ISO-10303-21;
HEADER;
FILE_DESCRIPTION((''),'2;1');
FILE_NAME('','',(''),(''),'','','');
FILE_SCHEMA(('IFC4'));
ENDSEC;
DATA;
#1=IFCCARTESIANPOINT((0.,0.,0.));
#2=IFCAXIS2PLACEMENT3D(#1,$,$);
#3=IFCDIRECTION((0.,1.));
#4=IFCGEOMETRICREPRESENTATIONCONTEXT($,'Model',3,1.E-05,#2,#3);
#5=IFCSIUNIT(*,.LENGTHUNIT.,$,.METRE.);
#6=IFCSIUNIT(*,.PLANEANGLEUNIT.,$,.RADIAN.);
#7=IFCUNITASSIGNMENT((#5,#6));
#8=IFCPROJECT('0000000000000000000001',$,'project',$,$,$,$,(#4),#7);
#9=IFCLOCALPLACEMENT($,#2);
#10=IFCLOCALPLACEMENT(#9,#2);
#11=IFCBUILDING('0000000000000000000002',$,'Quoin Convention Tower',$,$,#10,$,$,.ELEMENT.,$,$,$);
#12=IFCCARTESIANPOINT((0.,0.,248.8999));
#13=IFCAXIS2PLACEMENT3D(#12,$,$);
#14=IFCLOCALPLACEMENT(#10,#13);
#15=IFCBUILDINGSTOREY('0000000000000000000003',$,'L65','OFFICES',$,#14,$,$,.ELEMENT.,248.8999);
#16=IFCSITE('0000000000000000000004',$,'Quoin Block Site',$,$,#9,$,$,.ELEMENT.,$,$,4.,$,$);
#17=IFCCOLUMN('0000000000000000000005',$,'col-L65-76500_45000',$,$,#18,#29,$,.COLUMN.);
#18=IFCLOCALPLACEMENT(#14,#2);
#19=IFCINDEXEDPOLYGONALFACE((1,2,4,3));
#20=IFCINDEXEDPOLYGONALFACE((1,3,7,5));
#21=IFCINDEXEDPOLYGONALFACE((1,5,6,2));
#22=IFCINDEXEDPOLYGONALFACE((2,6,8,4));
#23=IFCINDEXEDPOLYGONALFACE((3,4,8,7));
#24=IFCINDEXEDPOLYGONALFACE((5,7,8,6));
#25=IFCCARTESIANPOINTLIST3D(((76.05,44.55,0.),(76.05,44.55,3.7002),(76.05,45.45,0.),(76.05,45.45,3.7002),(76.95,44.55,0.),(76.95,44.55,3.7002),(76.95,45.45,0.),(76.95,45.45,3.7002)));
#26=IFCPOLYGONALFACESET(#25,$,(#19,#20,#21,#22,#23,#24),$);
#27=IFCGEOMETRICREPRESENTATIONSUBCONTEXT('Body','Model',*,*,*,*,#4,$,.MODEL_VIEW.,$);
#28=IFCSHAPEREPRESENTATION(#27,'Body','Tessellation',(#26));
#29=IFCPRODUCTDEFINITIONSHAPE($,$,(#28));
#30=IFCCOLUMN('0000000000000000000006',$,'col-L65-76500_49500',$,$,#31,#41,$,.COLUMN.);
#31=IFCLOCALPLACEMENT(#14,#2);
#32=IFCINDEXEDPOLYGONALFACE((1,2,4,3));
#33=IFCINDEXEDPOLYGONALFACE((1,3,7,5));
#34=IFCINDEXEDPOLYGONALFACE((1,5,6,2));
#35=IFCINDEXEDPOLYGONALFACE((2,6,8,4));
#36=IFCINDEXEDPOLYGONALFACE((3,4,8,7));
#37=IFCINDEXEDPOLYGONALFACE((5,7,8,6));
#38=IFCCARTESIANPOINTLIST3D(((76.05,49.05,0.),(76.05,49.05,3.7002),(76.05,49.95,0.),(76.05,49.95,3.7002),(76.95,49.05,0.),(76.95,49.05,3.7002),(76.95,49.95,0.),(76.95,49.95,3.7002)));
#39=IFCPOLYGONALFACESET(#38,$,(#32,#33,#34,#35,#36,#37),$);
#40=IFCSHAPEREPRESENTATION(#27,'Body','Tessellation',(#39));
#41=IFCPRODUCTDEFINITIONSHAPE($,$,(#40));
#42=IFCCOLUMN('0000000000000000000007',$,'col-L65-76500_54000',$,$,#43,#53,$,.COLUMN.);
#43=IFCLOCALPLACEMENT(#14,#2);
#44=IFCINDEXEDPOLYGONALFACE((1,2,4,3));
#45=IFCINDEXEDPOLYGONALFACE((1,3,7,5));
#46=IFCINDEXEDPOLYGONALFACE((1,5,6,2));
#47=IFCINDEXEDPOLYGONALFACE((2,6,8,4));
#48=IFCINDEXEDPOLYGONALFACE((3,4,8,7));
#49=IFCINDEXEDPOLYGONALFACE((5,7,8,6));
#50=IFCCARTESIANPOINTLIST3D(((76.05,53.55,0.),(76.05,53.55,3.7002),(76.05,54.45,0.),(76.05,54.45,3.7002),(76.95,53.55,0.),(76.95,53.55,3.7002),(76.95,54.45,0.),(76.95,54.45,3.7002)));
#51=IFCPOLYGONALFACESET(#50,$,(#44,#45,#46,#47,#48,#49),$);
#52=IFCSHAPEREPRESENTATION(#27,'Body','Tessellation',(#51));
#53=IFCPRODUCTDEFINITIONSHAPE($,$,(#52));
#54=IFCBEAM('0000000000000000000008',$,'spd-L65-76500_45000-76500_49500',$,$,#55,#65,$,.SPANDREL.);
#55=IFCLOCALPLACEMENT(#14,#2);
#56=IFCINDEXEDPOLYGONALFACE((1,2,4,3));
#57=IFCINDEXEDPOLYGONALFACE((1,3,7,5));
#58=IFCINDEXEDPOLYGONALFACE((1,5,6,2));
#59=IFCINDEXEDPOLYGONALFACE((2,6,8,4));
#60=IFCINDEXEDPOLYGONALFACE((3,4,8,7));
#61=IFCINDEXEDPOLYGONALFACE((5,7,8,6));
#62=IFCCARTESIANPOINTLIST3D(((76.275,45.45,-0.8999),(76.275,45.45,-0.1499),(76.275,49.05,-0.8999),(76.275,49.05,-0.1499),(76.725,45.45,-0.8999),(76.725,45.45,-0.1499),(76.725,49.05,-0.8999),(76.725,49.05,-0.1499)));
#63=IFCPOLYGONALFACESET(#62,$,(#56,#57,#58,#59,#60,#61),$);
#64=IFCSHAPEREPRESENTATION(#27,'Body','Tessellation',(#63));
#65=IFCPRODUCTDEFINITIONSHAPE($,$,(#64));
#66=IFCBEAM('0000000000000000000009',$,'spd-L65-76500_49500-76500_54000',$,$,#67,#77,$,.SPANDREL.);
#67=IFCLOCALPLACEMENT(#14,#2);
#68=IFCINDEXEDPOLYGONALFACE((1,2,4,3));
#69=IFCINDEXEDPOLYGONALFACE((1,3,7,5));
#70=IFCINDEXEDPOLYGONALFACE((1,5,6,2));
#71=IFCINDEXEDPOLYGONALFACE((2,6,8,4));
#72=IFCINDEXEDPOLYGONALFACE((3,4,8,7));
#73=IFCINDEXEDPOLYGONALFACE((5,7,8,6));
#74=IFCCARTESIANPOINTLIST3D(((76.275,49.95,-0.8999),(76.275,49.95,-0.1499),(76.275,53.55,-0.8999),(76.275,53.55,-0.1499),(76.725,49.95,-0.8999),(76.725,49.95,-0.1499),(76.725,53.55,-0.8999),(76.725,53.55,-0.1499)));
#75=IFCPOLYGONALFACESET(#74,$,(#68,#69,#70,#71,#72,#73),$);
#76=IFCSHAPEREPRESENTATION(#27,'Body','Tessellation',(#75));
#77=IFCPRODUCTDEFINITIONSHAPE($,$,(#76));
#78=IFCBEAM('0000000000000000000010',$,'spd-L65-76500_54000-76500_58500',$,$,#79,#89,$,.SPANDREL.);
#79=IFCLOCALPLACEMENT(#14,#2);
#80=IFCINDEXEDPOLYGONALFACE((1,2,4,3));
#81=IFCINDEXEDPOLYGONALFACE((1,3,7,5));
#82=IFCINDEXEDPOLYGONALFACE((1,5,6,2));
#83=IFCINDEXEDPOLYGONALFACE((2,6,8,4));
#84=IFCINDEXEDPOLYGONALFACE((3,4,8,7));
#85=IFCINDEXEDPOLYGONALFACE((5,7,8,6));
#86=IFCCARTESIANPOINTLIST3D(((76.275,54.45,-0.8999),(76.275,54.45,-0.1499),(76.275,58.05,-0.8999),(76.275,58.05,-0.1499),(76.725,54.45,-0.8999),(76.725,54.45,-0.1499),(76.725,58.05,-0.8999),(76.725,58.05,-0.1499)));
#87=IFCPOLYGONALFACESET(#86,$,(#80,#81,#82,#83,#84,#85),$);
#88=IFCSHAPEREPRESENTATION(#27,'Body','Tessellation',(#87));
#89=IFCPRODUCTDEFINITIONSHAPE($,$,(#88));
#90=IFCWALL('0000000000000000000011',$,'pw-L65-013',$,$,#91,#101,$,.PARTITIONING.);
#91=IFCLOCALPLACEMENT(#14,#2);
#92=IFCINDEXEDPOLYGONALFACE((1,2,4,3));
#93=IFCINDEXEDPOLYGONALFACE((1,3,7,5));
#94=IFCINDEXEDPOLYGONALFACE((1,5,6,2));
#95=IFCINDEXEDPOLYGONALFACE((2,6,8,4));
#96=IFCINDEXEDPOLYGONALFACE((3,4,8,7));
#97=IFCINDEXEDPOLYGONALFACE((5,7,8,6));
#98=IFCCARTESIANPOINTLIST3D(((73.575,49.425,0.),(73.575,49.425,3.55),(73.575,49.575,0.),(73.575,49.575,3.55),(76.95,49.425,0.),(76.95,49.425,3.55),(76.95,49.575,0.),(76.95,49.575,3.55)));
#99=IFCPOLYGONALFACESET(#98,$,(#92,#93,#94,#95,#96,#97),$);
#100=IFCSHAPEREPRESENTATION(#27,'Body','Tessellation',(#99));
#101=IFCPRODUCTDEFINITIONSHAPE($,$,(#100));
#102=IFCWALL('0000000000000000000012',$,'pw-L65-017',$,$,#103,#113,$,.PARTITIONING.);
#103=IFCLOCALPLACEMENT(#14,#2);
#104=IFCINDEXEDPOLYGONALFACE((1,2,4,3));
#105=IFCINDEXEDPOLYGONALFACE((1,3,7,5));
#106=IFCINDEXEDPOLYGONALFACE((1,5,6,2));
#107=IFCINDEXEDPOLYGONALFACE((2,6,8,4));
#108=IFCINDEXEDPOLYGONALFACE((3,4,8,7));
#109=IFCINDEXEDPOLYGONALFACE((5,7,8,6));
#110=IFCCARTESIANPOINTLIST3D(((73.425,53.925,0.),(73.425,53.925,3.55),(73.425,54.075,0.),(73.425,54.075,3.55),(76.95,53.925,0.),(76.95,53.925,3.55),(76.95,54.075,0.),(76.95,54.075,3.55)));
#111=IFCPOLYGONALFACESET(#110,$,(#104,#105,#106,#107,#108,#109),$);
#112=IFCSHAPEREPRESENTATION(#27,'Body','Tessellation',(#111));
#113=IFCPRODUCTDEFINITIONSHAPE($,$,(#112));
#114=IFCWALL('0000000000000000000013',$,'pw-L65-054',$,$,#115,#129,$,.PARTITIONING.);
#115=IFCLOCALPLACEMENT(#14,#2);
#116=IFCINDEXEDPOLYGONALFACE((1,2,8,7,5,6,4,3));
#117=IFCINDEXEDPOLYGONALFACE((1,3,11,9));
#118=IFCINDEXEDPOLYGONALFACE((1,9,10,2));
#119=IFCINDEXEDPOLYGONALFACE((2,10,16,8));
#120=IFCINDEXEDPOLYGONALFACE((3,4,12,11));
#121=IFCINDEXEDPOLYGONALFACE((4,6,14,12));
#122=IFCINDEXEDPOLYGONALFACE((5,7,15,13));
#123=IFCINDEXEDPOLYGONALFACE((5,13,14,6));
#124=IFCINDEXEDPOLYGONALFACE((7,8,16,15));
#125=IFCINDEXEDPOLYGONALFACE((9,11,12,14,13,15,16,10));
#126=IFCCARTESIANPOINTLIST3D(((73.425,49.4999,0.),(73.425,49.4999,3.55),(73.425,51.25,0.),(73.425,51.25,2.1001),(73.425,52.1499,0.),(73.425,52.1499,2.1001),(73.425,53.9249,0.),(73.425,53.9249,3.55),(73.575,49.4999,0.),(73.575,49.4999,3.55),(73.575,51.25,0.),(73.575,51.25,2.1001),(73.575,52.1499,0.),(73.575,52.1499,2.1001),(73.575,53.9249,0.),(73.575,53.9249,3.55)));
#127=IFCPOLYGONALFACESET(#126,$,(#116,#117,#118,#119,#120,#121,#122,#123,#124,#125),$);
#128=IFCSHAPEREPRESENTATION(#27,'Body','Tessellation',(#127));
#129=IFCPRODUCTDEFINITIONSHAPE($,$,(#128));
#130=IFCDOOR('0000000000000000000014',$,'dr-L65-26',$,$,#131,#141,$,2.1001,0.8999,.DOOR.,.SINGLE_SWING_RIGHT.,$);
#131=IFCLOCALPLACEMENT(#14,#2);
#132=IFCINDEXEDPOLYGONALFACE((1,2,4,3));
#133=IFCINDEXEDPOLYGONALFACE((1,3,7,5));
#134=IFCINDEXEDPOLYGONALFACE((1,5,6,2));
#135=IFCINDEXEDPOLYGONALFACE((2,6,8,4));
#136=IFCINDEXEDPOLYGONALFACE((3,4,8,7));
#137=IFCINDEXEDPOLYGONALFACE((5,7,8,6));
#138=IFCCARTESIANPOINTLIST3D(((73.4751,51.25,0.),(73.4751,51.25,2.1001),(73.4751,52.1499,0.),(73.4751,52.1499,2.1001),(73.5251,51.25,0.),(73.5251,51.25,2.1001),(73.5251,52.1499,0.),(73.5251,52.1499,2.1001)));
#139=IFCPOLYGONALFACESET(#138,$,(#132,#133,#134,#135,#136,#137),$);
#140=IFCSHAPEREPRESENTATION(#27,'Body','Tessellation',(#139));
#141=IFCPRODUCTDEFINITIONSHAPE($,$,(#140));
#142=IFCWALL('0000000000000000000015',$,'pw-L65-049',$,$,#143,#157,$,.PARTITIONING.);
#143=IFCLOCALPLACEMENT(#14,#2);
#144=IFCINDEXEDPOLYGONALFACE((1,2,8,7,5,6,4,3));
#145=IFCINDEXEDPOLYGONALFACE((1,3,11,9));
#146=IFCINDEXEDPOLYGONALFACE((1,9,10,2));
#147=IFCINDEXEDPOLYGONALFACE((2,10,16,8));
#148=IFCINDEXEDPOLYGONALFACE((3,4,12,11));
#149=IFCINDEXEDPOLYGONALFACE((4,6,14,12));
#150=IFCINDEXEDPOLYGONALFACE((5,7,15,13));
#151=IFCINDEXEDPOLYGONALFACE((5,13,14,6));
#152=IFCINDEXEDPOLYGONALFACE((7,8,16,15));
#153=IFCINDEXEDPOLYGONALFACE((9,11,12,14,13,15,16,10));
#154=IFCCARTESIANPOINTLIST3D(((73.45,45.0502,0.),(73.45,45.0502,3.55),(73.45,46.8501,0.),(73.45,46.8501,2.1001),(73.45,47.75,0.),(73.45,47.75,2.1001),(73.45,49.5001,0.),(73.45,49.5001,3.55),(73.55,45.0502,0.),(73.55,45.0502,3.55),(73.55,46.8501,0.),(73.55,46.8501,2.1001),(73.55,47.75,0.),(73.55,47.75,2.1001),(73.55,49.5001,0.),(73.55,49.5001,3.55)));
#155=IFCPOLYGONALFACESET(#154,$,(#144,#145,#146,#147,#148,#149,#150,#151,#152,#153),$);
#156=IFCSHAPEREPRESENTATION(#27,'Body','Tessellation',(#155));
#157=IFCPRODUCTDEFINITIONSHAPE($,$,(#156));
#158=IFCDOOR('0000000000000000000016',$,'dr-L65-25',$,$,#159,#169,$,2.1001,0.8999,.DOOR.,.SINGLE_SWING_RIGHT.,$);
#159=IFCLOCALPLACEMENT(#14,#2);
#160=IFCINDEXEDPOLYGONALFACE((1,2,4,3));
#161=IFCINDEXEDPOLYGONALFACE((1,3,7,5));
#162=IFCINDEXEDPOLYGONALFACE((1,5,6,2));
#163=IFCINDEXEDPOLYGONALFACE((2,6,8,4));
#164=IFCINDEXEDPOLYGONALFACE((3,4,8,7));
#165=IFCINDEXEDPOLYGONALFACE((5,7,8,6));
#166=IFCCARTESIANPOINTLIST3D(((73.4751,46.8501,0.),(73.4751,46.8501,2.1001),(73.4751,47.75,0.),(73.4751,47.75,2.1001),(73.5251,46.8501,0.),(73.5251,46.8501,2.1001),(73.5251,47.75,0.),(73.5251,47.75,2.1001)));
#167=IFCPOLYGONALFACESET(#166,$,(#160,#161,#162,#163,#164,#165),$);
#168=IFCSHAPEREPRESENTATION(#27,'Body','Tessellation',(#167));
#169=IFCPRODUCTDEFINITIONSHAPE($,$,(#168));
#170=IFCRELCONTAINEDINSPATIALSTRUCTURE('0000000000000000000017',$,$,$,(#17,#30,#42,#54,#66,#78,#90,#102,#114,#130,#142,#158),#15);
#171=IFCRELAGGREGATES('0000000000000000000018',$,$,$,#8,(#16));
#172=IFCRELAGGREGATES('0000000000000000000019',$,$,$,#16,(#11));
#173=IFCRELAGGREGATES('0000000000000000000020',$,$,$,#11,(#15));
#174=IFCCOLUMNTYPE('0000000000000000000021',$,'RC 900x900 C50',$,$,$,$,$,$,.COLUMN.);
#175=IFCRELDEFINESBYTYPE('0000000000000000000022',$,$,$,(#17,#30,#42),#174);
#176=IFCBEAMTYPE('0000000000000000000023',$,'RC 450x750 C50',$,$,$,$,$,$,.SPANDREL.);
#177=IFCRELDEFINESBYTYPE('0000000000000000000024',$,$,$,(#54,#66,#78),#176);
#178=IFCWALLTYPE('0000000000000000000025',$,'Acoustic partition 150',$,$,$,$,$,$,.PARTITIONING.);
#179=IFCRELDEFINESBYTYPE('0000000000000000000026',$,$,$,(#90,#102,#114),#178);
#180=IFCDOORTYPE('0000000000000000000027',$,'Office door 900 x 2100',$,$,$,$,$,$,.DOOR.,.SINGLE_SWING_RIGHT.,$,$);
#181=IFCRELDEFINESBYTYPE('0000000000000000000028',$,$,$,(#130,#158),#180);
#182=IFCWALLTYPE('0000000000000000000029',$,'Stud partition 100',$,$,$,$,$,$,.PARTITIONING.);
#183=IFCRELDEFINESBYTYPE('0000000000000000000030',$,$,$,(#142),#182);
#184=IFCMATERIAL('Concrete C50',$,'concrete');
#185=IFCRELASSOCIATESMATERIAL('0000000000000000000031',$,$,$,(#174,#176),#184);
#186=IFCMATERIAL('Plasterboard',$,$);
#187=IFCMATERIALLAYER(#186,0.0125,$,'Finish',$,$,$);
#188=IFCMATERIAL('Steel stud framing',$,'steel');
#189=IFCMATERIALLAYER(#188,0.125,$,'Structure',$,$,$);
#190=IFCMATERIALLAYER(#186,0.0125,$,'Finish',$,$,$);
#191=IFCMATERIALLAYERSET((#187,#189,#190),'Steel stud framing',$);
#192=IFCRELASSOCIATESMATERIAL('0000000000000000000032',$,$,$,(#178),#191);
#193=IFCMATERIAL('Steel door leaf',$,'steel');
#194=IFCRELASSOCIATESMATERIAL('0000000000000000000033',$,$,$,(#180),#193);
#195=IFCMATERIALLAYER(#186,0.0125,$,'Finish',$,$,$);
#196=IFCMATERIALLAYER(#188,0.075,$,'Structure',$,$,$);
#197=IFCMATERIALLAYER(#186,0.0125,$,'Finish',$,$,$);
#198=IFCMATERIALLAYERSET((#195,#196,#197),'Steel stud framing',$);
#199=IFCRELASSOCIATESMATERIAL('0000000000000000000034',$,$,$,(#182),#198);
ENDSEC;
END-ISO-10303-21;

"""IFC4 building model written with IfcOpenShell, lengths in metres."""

from ifc_helpers import new_model, si_unit, direction, frame, frame_2d, origin, origin_2d, place, context, subcontext, project, spatial, rectangle, extrude, material, layer, layer_set, material_profile, profile_set, type_object, element, fill, save


model = new_model("IFC4")

# Units and contexts
model_context = context("Model", 3, precision=1e-05, world=origin(), true_north=direction((0.0, 1.0)))
body_context = subcontext(model_context, "Body", "Model", "MODEL_VIEW")
ifc_project = project(units=[si_unit("LENGTHUNIT", "METRE"), si_unit("PLANEANGLEUNIT", "RADIAN")], contexts=[model_context])

# Site, building, storey
site_placement = place(None, origin())
site = spatial("IfcSite", under=ifc_project, at=site_placement, Name="Quoin Block Site", CompositionType="ELEMENT", RefElevation=4.0)
building_placement = place(site_placement, origin())
building = spatial("IfcBuilding", under=site, at=building_placement, Name="Quoin Convention Tower", CompositionType="ELEMENT")
storey_placement = place(building_placement, frame((0.0, 0.0, 248.8999)))
storey = spatial("IfcBuildingStorey", under=building, at=storey_placement, Name="L65", Description="OFFICES", CompositionType="ELEMENT", Elevation=248.8999)

# Columns
ifc_material_1 = material(Name="Concrete C50", Category="concrete")
ifc_material_profile_1 = material_profile(ifc_material_1, rectangle(XDim=0.8999, YDim=0.8999, at=origin_2d()), Name="RC 900x900")
ifc_profile_set_1 = profile_set([ifc_material_profile_1], Name="Concrete C50")
column_type = type_object("IfcColumnType", Name="RC 900x900 C50", PredefinedType="COLUMN", material=ifc_profile_set_1)
for number, where, z_axis, x_axis, name in (
    (1, (76.5, 45.0, 0.0), (0.0, 0.0, 1.0), (1.0, 0.0, 0.0), "col-L65-76500_45000"),
    (2, (76.5, 49.5, 0.0), (0.0, 0.0, 1.0), (1.0, 0.0, 0.0), "col-L65-76500_49500"),
    (3, (76.5, 54.0, 0.0), (0.0, 0.0, 1.0), (1.0, 0.0, 0.0), "col-L65-76500_54000"),
):
    element("IfcColumn", number, at=place(storey_placement, frame(where, z_axis=z_axis, x_axis=x_axis)), inside=storey, type_object=column_type, Name=name, PredefinedType="COLUMN", context=body_context, shape_type="SweptSolid", body=[
        extrude(rectangle(XDim=0.8999, YDim=0.8999, at=origin_2d()), origin(), (0.0, 0.0, 1.0), 3.7002),
    ])

# Beams
ifc_material_profile_2 = material_profile(ifc_material_1, rectangle(XDim=0.45, YDim=0.75, at=origin_2d()), Name="RC 450x750")
ifc_profile_set_2 = profile_set([ifc_material_profile_2], Name="Concrete C50")
beam_type = type_object("IfcBeamType", Name="RC 450x750 C50", PredefinedType="SPANDREL", material=ifc_profile_set_2)
for number, where, z_axis, x_axis, name in (
    (4, (76.5, 45.45, -0.5249), (0.0, 1.0, 0.0), (-1.0, 0.0, 0.0), "spd-L65-76500_45000-76500_49500"),
    (5, (76.5, 49.95, -0.5249), (0.0, 1.0, 0.0), (-1.0, 0.0, 0.0), "spd-L65-76500_49500-76500_54000"),
    (6, (76.5, 54.45, -0.5249), (0.0, 1.0, 0.0), (-1.0, 0.0, 0.0), "spd-L65-76500_54000-76500_58500"),
):
    element("IfcBeam", number, at=place(storey_placement, frame(where, z_axis=z_axis, x_axis=x_axis)), inside=storey, type_object=beam_type, Name=name, PredefinedType="SPANDREL", context=body_context, shape_type="SweptSolid", body=[
        extrude(rectangle(XDim=0.45, YDim=0.75, at=origin_2d()), origin(), (0.0, 0.0, 1.0), 3.6001),
    ])

# Walls
ifc_material_2 = material(Name="Plasterboard")
ifc_layer_1 = layer(ifc_material_2, 0.0125, Name="Finish")
ifc_material_3 = material(Name="Steel stud framing", Category="steel")
ifc_layer_2 = layer(ifc_material_3, 0.125, Name="Structure")
ifc_layer_3 = layer(ifc_material_2, 0.0125, Name="Finish")
ifc_layer_set_1 = layer_set([ifc_layer_1, ifc_layer_2, ifc_layer_3], Name="Steel stud framing")
wall_type_1 = type_object("IfcWallType", Name="Acoustic partition 150", PredefinedType="PARTITIONING", material=ifc_layer_set_1)
wall_1_placement = place(storey_placement, frame((73.575, 49.5, 0.0), z_axis=(0.0, 0.0, 1.0), x_axis=(1.0, 0.0, 0.0)))
element("IfcWall", 7, at=wall_1_placement, inside=storey, type_object=wall_type_1, Name="pw-L65-013", PredefinedType="PARTITIONING", context=body_context, shape_type="SweptSolid", body=[
    extrude(rectangle(XDim=3.375, YDim=0.1499, at=frame_2d((1.6875, 0.0))), origin(), (0.0, 0.0, 1.0), 3.55),
])
wall_2_placement = place(storey_placement, frame((73.425, 54.0, 0.0), z_axis=(0.0, 0.0, 1.0), x_axis=(1.0, 0.0, 0.0)))
element("IfcWall", 8, at=wall_2_placement, inside=storey, type_object=wall_type_1, Name="pw-L65-017", PredefinedType="PARTITIONING", context=body_context, shape_type="SweptSolid", body=[
    extrude(rectangle(XDim=3.5249, YDim=0.1499, at=frame_2d((1.7625, 0.0))), origin(), (0.0, 0.0, 1.0), 3.55),
])

# Walls, openings, doors
wall_3_placement = place(storey_placement, frame((73.5, 49.5, 0.0), z_axis=(0.0, 0.0, 1.0), x_axis=(0.0, 1.0, 0.0)))
wall_3 = element("IfcWall", 9, at=wall_3_placement, inside=storey, type_object=wall_type_1, Name="pw-L65-054", PredefinedType="PARTITIONING", context=body_context, shape_type="SweptSolid", body=[
    extrude(rectangle(XDim=4.425, YDim=0.1499, at=frame_2d((2.2124, 0.0))), origin(), (0.0, 0.0, 1.0), 3.55),
])
opening_1_placement = place(wall_3_placement, frame((1.75, 0.0, 0.0)))
opening_1 = element("IfcOpeningElement", 10, at=opening_1_placement, cuts=wall_3, PredefinedType="OPENING", context=body_context, shape_type="SweptSolid", body=[
    extrude(rectangle(XDim=0.8999, YDim=2.1001, at=frame_2d((0.45, 1.05))), frame((0.0, 0.085, 0.0), z_axis=(0.0, -1.0, 0.0), x_axis=(1.0, 0.0, 0.0)), (0.0, 0.0, 1.0), 0.1699),
])
ifc_material_4 = material(Name="Steel door leaf", Category="steel")
door_type = type_object("IfcDoorType", Name="Office door 900 x 2100", OperationType="SINGLE_SWING_RIGHT", PredefinedType="DOOR", material=ifc_material_4)
door_1_placement = place(opening_1_placement, origin())
door_1 = element("IfcDoor", 11, at=door_1_placement, inside=storey, type_object=door_type, Name="dr-L65-26", OperationType="SINGLE_SWING_RIGHT", OverallHeight=2.1001, OverallWidth=0.8999, PredefinedType="DOOR", context=body_context, shape_type="SweptSolid", body=[
    extrude(rectangle(XDim=0.8999, YDim=2.1001, at=frame_2d((0.45, 1.05))), frame((0.0, 0.0249, 0.0), z_axis=(0.0, -1.0, 0.0), x_axis=(1.0, 0.0, 0.0)), (0.0, 0.0, 1.0), 0.05),
])
fill(opening_1, door_1)
ifc_layer_4 = layer(ifc_material_2, 0.0125, Name="Finish")
ifc_layer_5 = layer(ifc_material_3, 0.075, Name="Structure")
ifc_layer_6 = layer(ifc_material_2, 0.0125, Name="Finish")
ifc_layer_set_2 = layer_set([ifc_layer_4, ifc_layer_5, ifc_layer_6], Name="Steel stud framing")
wall_type_2 = type_object("IfcWallType", Name="Stud partition 100", PredefinedType="PARTITIONING", material=ifc_layer_set_2)
wall_4_placement = place(storey_placement, frame((73.5, 45.05, 0.0), z_axis=(0.0, 0.0, 1.0), x_axis=(0.0, 1.0, 0.0)))
wall_4 = element("IfcWall", 12, at=wall_4_placement, inside=storey, type_object=wall_type_2, Name="pw-L65-049", PredefinedType="PARTITIONING", context=body_context, shape_type="SweptSolid", body=[
    extrude(rectangle(XDim=4.45, YDim=0.1001, at=frame_2d((2.2251, 0.0))), origin(), (0.0, 0.0, 1.0), 3.55),
])
opening_2_placement = place(wall_4_placement, frame((1.8, 0.0, 0.0)))
opening_2 = element("IfcOpeningElement", 13, at=opening_2_placement, cuts=wall_4, PredefinedType="OPENING", context=body_context, shape_type="SweptSolid", body=[
    extrude(rectangle(XDim=0.8999, YDim=2.1001, at=frame_2d((0.45, 1.05))), frame((0.0, 0.0601, 0.0), z_axis=(0.0, -1.0, 0.0), x_axis=(1.0, 0.0, 0.0)), (0.0, 0.0, 1.0), 0.1201),
])
door_2_placement = place(opening_2_placement, origin())
door_2 = element("IfcDoor", 14, at=door_2_placement, inside=storey, type_object=door_type, Name="dr-L65-25", OperationType="SINGLE_SWING_RIGHT", OverallHeight=2.1001, OverallWidth=0.8999, PredefinedType="DOOR", context=body_context, shape_type="SweptSolid", body=[
    extrude(rectangle(XDim=0.8999, YDim=2.1001, at=frame_2d((0.45, 1.05))), frame((0.0, 0.0249, 0.0), z_axis=(0.0, -1.0, 0.0), x_axis=(1.0, 0.0, 0.0)), (0.0, 0.0, 1.0), 0.05),
])
fill(opening_2, door_2)

save(model, "model.ifc")
